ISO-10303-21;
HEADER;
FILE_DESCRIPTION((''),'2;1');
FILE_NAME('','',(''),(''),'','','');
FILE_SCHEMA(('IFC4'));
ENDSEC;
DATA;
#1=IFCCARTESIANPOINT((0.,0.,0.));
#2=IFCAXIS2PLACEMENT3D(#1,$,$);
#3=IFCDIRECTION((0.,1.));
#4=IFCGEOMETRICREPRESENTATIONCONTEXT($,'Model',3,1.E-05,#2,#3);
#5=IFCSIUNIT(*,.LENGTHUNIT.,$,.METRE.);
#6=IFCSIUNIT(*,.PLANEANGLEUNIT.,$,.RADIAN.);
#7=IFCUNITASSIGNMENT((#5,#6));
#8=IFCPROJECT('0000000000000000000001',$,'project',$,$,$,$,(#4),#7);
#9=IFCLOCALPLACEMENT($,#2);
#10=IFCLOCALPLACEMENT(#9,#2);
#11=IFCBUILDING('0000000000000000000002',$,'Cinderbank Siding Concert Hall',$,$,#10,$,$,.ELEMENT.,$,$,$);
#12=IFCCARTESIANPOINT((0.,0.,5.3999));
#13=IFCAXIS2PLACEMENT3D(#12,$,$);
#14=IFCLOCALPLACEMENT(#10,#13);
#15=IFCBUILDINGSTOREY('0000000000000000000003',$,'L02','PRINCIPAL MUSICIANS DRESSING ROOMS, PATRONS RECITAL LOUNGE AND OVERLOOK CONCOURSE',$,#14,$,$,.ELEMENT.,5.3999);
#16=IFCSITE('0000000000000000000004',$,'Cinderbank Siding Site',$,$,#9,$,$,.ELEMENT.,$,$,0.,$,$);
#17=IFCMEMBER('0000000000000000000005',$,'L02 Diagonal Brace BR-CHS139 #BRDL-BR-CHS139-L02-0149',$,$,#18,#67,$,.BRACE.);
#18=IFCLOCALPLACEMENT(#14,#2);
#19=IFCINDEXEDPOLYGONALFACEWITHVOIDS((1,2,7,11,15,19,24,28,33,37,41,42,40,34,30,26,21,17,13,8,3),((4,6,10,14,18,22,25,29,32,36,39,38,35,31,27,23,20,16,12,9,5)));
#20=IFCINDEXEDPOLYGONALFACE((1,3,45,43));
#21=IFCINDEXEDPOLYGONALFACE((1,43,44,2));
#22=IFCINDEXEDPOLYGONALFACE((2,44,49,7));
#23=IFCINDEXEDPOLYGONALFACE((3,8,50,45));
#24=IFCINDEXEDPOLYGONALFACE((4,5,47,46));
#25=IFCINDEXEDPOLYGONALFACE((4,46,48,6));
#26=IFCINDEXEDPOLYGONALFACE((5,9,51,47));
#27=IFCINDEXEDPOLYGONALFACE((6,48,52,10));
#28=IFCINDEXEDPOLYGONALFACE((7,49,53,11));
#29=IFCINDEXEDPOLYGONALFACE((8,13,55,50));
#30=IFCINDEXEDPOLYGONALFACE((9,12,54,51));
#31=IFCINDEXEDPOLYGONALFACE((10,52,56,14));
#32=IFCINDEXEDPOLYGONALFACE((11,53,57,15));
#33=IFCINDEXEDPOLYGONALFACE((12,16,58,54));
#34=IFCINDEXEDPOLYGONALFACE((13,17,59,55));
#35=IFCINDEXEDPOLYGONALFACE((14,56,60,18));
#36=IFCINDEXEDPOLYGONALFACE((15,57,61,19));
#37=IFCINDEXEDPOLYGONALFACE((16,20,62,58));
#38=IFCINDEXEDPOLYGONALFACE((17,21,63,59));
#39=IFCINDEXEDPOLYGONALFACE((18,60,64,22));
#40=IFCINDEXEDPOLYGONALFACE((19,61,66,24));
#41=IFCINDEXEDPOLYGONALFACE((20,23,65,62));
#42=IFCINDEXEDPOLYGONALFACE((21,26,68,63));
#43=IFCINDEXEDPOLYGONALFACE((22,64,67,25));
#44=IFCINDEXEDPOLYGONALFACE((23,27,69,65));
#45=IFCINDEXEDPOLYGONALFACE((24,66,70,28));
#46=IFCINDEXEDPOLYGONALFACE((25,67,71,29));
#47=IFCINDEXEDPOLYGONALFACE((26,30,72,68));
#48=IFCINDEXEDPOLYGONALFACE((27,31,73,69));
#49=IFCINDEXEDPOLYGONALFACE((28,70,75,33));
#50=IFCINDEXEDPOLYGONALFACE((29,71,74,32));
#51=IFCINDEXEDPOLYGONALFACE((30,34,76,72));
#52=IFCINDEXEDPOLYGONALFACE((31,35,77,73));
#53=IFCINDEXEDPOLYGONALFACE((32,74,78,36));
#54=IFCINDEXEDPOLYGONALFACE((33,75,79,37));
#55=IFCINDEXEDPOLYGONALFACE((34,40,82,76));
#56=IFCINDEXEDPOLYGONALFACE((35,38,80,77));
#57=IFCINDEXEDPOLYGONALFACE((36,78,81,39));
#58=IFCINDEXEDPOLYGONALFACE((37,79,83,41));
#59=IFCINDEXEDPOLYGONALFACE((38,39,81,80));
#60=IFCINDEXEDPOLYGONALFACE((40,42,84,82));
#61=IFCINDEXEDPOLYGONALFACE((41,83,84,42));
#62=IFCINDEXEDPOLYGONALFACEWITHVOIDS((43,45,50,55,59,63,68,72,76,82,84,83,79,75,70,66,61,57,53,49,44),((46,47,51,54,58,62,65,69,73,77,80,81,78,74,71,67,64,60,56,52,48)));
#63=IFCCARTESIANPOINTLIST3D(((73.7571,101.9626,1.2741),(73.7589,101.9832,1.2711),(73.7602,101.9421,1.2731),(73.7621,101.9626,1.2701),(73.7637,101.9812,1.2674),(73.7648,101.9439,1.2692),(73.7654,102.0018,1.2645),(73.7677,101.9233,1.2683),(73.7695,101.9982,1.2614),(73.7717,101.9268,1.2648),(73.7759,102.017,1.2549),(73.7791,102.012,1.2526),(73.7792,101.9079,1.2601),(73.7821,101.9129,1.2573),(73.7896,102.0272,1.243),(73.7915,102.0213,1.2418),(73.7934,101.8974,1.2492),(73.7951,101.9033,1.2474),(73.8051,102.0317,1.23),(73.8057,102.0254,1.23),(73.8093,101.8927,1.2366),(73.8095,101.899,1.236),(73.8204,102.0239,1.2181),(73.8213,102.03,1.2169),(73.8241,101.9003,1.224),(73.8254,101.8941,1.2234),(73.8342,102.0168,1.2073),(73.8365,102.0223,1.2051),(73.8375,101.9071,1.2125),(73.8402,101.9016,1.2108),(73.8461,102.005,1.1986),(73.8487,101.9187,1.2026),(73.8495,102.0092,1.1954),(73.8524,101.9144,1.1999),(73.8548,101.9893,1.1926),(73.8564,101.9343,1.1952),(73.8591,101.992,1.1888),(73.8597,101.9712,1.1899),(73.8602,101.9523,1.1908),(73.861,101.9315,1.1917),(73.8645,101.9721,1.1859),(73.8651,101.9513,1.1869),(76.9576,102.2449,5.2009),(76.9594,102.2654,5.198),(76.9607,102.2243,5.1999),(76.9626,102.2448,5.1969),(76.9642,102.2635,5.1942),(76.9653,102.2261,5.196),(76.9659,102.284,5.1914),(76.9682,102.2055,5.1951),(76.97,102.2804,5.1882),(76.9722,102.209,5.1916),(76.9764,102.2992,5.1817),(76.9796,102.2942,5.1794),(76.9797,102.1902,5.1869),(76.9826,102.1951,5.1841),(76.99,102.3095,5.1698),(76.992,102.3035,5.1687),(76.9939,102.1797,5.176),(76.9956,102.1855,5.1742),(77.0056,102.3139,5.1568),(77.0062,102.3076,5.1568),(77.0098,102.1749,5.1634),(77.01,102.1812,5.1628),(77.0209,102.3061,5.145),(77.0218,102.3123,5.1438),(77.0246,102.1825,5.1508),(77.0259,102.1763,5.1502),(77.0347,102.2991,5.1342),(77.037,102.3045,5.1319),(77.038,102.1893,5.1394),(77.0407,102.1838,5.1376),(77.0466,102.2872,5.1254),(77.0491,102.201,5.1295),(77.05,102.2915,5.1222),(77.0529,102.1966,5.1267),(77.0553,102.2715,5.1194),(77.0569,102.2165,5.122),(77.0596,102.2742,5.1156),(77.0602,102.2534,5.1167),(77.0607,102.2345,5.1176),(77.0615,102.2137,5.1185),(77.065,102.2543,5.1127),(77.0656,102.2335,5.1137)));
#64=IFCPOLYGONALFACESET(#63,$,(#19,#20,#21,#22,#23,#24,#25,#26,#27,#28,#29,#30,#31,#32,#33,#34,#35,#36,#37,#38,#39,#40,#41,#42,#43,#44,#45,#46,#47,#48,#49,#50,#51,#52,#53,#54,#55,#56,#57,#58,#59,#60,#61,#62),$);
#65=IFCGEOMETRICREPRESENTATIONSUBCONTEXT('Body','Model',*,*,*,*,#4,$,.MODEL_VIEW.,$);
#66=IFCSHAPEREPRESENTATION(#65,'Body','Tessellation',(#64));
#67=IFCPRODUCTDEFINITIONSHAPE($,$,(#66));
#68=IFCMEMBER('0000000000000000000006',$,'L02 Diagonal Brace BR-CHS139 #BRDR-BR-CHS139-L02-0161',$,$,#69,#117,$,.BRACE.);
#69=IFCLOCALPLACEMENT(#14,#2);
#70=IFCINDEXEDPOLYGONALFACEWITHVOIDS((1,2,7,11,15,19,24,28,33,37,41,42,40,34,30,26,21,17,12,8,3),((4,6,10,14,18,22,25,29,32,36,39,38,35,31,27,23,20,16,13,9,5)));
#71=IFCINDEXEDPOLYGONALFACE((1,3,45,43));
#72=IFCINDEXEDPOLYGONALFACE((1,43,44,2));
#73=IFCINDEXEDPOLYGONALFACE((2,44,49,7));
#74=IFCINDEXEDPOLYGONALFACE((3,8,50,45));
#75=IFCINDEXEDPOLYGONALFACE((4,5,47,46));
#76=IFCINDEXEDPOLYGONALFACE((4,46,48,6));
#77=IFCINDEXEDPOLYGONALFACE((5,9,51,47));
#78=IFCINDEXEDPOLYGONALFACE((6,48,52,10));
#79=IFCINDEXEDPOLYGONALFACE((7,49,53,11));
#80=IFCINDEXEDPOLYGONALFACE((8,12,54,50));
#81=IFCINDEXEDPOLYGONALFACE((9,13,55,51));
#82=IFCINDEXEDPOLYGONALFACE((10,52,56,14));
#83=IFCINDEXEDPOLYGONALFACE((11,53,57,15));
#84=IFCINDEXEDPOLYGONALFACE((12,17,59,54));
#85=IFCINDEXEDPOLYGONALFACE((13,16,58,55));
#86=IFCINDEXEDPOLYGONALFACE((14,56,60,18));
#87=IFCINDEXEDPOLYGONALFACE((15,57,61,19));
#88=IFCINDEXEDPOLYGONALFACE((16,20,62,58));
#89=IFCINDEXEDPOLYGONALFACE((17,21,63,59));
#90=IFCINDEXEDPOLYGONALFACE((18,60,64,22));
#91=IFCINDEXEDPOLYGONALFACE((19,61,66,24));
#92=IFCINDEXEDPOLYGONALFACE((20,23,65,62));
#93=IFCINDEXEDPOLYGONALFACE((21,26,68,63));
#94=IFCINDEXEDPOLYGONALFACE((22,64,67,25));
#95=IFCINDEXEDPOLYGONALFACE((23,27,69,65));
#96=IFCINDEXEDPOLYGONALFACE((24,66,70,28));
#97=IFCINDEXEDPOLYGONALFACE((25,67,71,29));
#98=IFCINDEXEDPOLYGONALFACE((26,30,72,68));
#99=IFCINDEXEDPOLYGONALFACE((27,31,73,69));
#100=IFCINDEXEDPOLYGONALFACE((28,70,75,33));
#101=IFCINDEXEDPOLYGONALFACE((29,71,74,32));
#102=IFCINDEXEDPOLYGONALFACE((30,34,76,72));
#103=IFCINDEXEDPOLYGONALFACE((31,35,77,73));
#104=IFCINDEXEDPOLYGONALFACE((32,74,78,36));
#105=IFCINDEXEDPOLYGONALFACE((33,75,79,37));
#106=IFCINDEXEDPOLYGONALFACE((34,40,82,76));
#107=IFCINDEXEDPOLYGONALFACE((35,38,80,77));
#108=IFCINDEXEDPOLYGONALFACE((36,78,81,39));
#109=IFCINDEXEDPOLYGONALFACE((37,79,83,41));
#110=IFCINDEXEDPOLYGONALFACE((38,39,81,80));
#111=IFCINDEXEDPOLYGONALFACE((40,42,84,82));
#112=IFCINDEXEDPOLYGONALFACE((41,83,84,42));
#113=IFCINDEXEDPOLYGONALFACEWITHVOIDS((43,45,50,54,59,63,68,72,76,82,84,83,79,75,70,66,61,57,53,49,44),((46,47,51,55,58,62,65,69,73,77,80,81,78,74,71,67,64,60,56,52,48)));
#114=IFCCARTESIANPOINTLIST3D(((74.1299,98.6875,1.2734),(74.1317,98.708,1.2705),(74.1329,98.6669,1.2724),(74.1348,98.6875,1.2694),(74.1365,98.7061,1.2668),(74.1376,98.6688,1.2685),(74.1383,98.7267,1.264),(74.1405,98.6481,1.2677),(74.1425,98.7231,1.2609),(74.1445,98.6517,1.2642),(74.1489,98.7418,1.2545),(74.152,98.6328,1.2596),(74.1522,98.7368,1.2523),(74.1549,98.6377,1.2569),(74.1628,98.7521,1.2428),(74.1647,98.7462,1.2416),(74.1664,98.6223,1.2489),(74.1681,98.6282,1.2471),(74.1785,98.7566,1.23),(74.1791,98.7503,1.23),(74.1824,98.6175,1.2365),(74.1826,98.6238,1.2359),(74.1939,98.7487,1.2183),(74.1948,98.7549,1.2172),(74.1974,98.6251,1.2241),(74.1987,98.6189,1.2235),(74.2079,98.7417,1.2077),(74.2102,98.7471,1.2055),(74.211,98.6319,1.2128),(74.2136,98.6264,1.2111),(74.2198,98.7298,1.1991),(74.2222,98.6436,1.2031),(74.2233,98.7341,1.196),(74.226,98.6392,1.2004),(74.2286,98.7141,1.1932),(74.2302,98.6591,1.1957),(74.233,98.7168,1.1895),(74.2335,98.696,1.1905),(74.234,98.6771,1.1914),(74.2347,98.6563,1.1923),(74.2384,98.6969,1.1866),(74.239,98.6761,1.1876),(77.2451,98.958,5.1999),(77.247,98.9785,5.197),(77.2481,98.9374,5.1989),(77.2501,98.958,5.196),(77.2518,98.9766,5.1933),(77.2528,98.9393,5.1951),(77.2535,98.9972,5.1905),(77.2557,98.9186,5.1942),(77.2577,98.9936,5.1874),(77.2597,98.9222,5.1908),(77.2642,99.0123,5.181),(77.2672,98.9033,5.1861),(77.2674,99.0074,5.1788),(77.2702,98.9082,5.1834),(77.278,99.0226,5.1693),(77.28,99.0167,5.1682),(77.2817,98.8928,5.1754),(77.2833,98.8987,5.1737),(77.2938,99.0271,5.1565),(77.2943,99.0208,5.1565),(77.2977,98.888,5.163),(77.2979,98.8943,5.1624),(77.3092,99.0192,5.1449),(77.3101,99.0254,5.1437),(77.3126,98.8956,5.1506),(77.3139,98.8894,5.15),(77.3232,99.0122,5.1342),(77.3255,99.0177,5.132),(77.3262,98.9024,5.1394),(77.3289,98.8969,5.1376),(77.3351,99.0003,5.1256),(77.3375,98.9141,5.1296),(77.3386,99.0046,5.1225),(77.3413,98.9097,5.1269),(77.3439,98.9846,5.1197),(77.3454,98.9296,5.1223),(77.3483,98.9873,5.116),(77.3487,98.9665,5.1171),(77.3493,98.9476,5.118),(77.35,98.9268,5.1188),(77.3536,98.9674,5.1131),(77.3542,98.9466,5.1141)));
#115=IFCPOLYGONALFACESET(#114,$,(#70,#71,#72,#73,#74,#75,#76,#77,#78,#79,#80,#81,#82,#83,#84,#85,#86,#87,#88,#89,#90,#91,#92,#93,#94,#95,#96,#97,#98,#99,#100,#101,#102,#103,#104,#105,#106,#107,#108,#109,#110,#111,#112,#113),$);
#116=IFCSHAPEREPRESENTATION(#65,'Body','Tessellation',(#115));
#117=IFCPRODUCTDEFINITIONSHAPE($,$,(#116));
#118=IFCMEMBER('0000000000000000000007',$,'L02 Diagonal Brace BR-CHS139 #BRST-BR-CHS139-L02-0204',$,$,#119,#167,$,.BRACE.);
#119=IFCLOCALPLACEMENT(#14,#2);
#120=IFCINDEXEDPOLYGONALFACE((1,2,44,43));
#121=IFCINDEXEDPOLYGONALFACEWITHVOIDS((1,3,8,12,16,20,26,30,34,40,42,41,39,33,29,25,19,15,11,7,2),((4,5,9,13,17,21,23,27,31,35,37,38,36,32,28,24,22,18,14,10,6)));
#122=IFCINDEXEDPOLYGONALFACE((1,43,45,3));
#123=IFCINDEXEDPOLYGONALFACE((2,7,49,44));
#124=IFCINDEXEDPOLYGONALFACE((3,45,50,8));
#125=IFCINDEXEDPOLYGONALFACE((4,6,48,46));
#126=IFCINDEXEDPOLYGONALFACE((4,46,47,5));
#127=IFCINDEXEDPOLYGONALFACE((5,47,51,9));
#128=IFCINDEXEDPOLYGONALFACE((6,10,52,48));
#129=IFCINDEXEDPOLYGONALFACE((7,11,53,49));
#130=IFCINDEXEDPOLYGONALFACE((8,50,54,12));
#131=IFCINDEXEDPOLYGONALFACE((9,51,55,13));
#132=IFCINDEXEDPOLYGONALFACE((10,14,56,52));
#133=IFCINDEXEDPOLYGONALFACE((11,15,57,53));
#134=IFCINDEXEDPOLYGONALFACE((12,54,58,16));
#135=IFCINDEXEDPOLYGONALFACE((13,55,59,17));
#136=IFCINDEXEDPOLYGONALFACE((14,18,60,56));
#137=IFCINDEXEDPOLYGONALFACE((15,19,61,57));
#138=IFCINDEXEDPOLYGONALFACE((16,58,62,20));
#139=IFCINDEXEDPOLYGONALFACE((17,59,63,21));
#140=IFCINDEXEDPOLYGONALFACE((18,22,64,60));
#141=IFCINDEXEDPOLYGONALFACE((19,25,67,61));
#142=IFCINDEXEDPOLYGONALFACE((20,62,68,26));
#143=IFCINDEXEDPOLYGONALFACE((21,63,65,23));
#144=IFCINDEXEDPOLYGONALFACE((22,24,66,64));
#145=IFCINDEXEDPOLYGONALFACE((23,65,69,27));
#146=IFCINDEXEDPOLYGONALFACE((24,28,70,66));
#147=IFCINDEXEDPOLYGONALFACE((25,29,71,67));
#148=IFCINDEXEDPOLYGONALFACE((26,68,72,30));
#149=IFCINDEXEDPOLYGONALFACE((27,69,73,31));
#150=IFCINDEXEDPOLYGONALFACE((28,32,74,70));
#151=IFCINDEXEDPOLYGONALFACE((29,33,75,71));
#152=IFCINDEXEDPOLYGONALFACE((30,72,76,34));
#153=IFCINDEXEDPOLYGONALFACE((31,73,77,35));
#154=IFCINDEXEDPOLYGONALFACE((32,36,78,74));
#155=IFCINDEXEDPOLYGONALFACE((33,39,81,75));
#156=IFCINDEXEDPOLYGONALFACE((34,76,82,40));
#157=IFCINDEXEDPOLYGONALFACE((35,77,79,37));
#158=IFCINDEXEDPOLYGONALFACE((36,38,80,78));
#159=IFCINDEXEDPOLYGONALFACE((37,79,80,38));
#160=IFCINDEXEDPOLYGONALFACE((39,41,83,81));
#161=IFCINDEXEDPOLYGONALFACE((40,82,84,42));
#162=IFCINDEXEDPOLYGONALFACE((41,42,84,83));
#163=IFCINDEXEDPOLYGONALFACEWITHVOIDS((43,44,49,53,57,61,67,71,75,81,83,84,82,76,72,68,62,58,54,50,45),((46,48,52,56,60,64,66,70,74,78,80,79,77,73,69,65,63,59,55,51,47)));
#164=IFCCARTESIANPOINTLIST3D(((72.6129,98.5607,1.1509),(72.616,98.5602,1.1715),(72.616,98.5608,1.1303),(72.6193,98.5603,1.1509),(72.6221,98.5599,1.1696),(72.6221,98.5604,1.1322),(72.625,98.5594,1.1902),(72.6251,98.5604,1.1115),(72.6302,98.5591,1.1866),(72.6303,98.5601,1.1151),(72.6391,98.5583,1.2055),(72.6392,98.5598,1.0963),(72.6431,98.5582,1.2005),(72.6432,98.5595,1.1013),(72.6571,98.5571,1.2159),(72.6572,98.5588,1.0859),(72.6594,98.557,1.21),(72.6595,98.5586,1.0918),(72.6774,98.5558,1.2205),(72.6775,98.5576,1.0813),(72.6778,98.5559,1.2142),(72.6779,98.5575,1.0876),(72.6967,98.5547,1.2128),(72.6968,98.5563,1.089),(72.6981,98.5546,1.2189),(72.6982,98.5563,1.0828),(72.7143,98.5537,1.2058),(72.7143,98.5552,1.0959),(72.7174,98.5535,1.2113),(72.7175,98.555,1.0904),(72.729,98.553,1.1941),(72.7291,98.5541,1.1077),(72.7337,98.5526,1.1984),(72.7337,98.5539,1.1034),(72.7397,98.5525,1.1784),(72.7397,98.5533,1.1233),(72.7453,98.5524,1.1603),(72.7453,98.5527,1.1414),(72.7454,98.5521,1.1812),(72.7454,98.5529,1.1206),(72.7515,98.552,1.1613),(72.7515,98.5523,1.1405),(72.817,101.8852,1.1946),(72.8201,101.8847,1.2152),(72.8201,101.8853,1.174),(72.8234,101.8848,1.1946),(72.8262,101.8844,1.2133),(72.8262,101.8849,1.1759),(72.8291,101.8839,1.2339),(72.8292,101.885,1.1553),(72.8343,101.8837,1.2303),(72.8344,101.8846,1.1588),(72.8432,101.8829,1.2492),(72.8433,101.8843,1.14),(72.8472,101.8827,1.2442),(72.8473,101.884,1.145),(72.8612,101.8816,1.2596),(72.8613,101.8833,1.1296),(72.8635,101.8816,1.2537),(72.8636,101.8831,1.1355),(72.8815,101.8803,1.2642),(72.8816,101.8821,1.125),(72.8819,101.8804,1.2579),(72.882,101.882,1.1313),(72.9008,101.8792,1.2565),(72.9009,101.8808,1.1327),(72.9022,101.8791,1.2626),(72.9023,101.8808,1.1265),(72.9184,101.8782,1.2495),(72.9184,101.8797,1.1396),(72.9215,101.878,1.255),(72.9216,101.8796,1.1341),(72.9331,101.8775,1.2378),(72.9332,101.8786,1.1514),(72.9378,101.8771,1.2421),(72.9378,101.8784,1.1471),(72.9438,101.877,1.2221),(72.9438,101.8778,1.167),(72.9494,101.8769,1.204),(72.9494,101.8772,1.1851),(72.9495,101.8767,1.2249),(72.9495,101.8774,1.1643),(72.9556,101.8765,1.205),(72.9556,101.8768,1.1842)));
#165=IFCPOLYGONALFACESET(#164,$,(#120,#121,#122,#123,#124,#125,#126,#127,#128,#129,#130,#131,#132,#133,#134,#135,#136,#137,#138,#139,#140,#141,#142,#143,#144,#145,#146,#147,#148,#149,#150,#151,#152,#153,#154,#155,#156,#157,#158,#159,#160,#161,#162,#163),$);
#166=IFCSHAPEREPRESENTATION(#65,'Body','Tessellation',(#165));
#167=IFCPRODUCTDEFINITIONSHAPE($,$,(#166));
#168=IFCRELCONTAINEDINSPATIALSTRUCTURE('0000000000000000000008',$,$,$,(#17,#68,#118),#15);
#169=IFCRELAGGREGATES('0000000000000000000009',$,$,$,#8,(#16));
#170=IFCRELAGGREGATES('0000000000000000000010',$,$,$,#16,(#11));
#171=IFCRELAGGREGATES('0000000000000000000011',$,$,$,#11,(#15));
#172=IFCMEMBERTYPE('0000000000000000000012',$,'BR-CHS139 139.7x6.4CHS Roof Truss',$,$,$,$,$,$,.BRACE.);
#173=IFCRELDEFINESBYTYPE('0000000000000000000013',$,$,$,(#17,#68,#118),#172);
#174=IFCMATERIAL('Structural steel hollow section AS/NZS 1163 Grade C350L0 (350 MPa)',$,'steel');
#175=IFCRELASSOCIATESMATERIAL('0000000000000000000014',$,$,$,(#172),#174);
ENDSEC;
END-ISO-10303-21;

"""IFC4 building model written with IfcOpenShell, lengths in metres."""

from ifc_helpers import new_model, si_unit, direction, frame, origin, origin_2d, place, context, subcontext, project, spatial, hollow_circle, extrude, material, material_profile, profile_set, type_object, element, save


model = new_model("IFC4")

# Units and contexts
model_context = context("Model", 3, precision=1e-05, world=origin(), true_north=direction((0.0, 1.0)))
body_context = subcontext(model_context, "Body", "Model", "MODEL_VIEW")
ifc_project = project(units=[si_unit("LENGTHUNIT", "METRE"), si_unit("PLANEANGLEUNIT", "RADIAN")], contexts=[model_context])

# Site, building, storey
site_placement = place(None, origin())
site = spatial("IfcSite", under=ifc_project, at=site_placement, Name="Cinderbank Siding Site", CompositionType="ELEMENT", RefElevation=0.0)
building_placement = place(site_placement, origin())
building = spatial("IfcBuilding", under=site, at=building_placement, Name="Cinderbank Siding Concert Hall", CompositionType="ELEMENT")
storey_placement = place(building_placement, frame((0.0, 0.0, 5.3999)))
storey = spatial("IfcBuildingStorey", under=building, at=storey_placement, Name="L02", Description="PRINCIPAL MUSICIANS DRESSING ROOMS, PATRONS RECITAL LOUNGE AND OVERLOOK CONCOURSE", CompositionType="ELEMENT", Elevation=5.3999)

# Members
ifc_material_1 = material(Name="Structural steel hollow section AS/NZS 1163 Grade C350L0 (350 MPa)", Category="steel")
ifc_material_profile_1 = material_profile(ifc_material_1, hollow_circle(Radius=0.0698, WallThickness=0.0063, at=origin_2d()), Name="139.7x6.4CHS", Category="LoadBearing")
ifc_profile_set_1 = profile_set([ifc_material_profile_1], Name="Structural steel hollow section AS/NZS 1163 Grade C350L0 (350 MPa)")
member_type_1 = type_object("IfcMemberType", Name="BR-CHS139 139.7x6.4CHS Roof Truss", PredefinedType="BRACE", material=ifc_profile_set_1)
member_1_placement = place(storey_placement, frame((73.8113, 101.9622, 1.23), z_axis=(0.630797, 0.055626, 0.773952), x_axis=(-0.087843, 0.996134, 0.0)))
element("IfcMember", 1, at=member_1_placement, inside=storey, type_object=member_type_1, Name="L02 Diagonal Brace BR-CHS139 #BRDL-BR-CHS139-L02-0149", PredefinedType="BRACE", context=body_context, shape_type="SweptSolid", body=[
    extrude(hollow_circle(Radius=0.0698, WallThickness=0.0063, at=origin_2d()), origin(), (0.0, 0.0, 1.0), 5.0737),
])
member_2_placement = place(storey_placement, frame((74.1846, 98.687, 1.23), z_axis=(0.620627, 0.053891, 0.782252), x_axis=(-0.086508, 0.996251, 0.0)))
element("IfcMember", 2, at=member_2_placement, inside=storey, type_object=member_type_1, Name="L02 Diagonal Brace BR-CHS139 #BRDR-BR-CHS139-L02-0161", PredefinedType="BRACE", context=body_context, shape_type="SweptSolid", body=[
    extrude(hollow_circle(Radius=0.0698, WallThickness=0.0063, at=origin_2d()), origin(), (0.0, 0.0, 1.0), 5.0195),
])
member_3_placement = place(storey_placement, frame((72.6826, 98.5564, 1.1509), z_axis=(0.061273, 0.998035, 0.013119), x_axis=(-0.998121, 0.061278, 0.0)))
element("IfcMember", 3, at=member_3_placement, inside=storey, type_object=member_type_1, Name="L02 Diagonal Brace BR-CHS139 #BRST-BR-CHS139-L02-0204", PredefinedType="BRACE", context=body_context, shape_type="SweptSolid", body=[
    extrude(hollow_circle(Radius=0.0698, WallThickness=0.0063, at=origin_2d()), origin(), (0.0, 0.0, 1.0), 3.3311),
])

save(model, "model.ifc")
